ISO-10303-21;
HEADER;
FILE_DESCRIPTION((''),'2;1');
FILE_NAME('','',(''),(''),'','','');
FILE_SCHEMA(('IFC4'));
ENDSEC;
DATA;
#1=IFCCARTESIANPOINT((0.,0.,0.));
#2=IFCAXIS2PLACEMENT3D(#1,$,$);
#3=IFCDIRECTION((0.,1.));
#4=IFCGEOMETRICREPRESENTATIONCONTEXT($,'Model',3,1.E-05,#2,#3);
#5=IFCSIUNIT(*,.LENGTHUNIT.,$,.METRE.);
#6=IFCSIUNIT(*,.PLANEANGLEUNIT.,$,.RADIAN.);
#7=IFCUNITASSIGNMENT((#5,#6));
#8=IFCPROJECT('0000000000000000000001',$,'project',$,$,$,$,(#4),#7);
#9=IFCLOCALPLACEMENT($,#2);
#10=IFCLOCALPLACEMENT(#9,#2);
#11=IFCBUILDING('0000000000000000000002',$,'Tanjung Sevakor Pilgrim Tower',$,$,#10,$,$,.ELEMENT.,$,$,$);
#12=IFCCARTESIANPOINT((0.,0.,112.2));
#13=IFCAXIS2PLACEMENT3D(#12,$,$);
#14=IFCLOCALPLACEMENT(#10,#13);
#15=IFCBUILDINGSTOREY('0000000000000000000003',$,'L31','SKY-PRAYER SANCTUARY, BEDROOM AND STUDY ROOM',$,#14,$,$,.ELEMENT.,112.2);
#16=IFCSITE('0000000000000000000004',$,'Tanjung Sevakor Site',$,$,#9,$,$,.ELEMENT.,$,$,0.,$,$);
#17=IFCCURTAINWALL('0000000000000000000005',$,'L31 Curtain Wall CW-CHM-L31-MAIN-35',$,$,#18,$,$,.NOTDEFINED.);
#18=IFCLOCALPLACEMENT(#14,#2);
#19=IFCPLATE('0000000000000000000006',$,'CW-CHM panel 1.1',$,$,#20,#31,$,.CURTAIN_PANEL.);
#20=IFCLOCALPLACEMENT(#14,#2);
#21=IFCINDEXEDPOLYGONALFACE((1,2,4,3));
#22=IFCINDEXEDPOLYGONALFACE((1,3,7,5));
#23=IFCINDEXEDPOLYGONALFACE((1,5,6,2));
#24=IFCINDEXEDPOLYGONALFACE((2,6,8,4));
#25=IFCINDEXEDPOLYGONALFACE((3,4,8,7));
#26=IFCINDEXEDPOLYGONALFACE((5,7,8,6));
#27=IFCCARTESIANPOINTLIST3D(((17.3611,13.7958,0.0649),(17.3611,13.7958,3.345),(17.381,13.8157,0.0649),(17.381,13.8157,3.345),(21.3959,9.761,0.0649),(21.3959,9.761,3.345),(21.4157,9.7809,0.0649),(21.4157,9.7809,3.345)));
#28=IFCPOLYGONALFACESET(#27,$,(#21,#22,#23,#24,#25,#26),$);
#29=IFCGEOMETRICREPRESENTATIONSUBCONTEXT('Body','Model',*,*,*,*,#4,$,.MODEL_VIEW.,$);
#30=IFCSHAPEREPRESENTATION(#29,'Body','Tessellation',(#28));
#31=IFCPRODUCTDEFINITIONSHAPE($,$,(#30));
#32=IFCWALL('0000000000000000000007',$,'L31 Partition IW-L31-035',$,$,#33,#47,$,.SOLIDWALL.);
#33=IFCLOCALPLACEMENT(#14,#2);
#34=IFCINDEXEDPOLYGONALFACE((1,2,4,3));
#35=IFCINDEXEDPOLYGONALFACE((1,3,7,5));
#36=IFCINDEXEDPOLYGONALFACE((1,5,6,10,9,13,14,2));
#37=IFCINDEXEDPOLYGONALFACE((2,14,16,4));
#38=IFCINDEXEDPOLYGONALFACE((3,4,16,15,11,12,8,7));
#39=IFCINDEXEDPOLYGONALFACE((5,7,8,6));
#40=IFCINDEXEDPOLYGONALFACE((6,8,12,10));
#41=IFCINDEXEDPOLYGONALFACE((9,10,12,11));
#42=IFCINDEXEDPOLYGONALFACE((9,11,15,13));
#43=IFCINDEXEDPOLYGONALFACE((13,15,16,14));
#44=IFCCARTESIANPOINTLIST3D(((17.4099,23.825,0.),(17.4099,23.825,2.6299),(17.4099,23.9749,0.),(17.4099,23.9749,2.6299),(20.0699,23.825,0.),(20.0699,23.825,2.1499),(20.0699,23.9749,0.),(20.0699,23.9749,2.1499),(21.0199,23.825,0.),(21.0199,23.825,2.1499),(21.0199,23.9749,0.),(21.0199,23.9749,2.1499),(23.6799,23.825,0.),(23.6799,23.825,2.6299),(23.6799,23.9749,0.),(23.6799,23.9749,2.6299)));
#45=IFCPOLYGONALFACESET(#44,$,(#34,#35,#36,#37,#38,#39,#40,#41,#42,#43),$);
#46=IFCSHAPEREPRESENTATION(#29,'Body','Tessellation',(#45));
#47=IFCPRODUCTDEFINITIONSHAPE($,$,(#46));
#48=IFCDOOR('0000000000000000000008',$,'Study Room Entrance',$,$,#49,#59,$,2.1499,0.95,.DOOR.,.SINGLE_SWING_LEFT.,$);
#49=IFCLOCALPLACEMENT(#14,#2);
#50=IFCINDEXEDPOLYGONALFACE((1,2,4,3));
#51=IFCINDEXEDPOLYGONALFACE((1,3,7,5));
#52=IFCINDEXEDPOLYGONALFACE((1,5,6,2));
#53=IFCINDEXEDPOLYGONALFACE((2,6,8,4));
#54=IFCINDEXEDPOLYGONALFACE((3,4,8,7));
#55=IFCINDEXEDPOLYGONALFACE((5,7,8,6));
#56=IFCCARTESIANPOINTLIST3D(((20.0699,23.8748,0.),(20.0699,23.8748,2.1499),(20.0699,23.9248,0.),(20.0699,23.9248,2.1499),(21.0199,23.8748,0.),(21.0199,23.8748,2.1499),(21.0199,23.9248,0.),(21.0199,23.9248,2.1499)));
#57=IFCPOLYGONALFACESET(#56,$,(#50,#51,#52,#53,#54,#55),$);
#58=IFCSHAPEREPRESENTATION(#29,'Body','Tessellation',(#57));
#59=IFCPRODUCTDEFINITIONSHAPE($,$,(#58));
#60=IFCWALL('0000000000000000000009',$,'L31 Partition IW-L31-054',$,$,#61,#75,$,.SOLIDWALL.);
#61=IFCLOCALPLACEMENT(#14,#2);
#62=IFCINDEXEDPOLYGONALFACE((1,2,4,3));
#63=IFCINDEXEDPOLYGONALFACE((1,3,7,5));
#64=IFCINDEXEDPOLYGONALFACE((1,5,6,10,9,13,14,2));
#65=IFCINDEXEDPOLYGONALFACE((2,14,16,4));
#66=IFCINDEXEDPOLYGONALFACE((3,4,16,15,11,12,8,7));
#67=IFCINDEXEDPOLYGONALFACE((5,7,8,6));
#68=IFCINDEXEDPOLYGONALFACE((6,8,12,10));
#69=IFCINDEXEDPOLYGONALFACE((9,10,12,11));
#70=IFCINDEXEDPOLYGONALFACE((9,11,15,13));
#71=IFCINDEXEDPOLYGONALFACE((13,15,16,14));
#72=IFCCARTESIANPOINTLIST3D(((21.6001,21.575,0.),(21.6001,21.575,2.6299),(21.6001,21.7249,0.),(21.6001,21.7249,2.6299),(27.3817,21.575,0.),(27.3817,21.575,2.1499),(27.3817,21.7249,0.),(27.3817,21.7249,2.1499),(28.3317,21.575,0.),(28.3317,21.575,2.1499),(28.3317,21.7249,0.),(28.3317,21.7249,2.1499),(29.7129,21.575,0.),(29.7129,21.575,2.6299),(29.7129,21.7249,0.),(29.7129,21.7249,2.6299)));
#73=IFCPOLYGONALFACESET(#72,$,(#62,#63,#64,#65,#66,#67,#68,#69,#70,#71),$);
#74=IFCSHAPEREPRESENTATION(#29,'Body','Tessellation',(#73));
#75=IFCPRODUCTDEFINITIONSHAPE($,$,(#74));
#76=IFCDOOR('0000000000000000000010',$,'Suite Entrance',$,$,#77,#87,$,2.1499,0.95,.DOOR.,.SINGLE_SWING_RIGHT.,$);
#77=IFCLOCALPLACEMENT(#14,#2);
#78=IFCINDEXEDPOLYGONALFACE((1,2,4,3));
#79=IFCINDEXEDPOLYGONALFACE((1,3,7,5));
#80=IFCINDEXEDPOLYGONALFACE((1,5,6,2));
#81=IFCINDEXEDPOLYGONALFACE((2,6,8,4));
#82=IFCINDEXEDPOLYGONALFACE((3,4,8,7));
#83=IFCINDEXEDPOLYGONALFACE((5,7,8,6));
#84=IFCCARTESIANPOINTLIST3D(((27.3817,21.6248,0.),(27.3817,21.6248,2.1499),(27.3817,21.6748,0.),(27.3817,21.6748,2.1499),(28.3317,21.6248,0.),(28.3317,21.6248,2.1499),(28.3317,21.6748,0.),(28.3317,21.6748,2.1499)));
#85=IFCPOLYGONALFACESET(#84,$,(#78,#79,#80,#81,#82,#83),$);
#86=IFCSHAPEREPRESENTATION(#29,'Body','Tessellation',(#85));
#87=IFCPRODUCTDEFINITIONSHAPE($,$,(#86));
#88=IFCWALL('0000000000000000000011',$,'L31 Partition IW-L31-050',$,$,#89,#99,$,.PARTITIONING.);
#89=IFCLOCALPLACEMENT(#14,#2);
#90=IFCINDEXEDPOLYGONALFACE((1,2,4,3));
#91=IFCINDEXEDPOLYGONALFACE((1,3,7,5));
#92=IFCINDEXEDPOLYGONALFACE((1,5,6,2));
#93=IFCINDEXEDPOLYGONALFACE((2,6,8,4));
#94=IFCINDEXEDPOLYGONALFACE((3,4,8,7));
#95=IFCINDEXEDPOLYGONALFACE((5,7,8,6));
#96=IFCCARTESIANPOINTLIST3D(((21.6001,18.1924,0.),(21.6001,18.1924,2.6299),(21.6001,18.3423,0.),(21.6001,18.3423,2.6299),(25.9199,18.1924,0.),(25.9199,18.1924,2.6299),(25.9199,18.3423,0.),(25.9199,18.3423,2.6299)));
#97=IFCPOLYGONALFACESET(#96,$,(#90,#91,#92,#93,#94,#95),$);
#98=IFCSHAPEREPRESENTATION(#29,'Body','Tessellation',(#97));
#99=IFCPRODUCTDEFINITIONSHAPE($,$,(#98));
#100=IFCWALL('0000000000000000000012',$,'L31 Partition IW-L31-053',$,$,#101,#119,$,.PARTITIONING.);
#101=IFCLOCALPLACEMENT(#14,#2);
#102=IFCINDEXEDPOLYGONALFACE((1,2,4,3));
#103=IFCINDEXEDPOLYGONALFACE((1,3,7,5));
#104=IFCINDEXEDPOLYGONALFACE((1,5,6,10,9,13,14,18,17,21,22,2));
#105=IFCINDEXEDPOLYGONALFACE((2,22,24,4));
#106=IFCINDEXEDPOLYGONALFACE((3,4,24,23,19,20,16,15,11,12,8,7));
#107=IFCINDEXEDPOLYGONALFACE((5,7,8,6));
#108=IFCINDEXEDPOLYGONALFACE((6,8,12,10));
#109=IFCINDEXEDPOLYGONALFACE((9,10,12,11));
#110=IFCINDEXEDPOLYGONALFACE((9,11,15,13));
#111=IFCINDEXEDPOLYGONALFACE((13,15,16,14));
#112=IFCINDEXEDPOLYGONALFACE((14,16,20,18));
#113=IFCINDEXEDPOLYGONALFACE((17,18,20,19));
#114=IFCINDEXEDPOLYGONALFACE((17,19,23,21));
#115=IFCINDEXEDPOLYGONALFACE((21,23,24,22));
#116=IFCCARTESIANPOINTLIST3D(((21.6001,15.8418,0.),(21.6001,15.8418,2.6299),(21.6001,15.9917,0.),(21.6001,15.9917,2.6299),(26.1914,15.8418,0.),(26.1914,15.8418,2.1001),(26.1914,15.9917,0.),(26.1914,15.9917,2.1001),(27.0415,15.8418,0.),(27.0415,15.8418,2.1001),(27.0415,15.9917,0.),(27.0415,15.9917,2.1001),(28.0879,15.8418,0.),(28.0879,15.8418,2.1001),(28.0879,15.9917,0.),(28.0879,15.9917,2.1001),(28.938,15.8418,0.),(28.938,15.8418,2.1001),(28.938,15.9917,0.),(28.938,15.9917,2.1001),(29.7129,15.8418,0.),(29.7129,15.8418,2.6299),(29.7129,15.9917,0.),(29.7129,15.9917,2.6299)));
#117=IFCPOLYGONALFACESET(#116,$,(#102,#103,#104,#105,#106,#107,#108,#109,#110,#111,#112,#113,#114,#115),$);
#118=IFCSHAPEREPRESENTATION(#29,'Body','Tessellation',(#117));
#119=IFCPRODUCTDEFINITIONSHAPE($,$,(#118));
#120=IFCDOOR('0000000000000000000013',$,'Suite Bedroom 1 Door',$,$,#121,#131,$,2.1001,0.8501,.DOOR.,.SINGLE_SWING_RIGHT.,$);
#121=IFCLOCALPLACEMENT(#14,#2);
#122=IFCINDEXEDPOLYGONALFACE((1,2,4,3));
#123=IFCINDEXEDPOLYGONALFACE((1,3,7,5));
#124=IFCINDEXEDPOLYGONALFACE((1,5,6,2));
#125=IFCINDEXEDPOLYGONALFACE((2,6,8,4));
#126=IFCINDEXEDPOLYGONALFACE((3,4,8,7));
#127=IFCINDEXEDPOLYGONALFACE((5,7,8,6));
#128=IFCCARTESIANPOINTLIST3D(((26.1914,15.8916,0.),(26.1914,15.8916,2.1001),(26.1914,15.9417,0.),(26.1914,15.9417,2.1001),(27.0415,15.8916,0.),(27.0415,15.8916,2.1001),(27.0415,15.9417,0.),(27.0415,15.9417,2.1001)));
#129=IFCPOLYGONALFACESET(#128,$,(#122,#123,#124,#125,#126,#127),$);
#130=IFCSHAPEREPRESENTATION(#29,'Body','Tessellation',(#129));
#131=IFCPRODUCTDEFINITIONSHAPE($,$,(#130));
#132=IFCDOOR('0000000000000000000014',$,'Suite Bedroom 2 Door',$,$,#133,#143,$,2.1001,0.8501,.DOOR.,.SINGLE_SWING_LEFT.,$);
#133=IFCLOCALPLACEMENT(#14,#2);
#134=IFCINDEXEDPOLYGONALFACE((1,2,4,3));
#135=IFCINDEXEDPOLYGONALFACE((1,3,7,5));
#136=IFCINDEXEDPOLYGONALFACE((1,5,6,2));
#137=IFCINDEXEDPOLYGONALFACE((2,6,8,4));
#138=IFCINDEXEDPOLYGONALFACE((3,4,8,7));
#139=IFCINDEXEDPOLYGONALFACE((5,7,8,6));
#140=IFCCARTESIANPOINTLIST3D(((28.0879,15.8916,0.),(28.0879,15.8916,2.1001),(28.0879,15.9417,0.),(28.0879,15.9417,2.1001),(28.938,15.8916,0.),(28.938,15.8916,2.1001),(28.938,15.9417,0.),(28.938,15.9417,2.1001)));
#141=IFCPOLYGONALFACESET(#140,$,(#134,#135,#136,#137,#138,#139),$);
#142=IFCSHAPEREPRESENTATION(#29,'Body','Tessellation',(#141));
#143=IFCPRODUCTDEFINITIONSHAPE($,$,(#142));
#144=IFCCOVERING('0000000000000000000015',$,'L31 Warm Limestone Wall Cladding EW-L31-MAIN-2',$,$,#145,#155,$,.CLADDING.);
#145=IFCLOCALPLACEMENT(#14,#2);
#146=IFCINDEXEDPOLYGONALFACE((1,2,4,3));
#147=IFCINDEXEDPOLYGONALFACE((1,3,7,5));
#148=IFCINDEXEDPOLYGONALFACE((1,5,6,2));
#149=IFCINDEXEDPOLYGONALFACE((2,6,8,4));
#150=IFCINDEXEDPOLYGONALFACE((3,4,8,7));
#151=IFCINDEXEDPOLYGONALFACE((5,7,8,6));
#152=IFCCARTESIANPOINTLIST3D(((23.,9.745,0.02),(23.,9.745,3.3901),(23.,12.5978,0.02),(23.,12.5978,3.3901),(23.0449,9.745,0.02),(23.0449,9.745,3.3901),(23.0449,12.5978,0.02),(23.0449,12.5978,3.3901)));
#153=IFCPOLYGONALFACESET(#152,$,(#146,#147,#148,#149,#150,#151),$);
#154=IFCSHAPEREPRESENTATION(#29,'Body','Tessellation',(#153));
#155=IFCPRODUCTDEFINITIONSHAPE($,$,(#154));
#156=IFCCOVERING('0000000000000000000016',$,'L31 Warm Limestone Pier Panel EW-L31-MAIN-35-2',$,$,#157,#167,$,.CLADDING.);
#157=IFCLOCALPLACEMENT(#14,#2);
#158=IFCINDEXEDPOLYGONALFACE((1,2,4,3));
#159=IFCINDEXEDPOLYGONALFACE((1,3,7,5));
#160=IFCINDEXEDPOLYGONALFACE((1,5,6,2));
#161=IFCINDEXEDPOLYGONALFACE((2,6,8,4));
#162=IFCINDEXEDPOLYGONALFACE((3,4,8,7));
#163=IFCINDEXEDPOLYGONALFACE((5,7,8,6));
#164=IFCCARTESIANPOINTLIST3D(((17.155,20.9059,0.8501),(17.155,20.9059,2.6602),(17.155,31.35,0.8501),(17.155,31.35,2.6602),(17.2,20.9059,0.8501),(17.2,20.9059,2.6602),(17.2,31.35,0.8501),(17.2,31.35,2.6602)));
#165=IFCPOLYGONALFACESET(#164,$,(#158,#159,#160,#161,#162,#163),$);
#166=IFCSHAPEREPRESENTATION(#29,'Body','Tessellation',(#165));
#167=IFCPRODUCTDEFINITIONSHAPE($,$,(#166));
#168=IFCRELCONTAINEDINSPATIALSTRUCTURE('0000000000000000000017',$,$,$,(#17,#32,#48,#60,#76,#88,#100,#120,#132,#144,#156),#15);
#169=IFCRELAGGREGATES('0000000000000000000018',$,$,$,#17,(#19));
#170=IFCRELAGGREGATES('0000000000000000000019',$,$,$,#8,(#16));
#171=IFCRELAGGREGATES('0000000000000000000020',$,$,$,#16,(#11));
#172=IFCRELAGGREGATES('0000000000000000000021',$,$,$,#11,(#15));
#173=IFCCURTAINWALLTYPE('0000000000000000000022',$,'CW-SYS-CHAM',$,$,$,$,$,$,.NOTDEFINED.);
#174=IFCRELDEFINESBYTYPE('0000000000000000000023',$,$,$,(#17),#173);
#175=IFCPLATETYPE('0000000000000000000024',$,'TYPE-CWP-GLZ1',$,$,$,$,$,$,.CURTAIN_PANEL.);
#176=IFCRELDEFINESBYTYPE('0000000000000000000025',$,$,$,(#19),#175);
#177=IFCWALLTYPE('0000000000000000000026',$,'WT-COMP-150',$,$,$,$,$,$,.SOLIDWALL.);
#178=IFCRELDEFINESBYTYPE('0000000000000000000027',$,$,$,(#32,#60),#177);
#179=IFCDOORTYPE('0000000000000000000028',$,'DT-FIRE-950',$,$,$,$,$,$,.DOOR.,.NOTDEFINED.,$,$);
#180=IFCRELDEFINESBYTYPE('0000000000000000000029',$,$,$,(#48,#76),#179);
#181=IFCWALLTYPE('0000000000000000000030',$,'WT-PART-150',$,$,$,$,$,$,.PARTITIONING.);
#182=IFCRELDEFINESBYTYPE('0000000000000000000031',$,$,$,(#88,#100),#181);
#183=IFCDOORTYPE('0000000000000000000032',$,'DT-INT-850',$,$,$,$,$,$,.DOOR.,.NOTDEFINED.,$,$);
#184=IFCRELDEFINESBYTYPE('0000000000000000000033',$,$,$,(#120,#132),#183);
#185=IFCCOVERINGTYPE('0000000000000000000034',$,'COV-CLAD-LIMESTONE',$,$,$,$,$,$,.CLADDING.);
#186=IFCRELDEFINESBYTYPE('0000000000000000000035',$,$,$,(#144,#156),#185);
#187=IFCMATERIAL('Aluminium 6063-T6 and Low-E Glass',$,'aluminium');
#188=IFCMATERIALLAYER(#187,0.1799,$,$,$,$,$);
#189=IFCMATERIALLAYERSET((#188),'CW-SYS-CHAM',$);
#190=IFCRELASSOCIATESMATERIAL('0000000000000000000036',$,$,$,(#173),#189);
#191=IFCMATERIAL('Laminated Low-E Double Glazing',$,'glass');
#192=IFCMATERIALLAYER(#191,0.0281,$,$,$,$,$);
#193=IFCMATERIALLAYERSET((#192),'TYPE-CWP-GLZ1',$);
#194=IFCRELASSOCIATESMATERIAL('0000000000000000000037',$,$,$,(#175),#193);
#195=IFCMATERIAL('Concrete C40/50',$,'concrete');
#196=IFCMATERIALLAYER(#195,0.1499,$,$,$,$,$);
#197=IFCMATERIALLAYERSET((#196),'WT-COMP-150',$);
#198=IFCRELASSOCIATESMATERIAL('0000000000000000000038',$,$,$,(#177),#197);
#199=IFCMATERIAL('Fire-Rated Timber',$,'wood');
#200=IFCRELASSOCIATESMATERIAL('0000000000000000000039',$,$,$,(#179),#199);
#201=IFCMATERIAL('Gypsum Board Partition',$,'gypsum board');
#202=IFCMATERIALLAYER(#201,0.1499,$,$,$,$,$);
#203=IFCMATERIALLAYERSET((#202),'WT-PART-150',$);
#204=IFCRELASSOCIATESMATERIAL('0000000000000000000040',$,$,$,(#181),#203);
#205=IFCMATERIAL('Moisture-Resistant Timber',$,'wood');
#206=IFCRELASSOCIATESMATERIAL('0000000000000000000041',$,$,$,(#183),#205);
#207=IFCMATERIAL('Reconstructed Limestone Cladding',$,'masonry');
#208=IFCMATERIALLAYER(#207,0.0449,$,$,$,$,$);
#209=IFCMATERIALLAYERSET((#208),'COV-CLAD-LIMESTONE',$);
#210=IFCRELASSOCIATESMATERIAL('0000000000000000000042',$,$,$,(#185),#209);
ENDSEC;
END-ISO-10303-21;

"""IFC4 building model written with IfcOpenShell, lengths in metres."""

from ifc_helpers import new_model, si_unit, direction, frame, frame_2d, origin, origin_2d, place, context, subcontext, project, spatial, rectangle, extrude, material, layer, layer_set, type_object, element, fill, aggregate, save


model = new_model("IFC4")

# Units and contexts
model_context = context("Model", 3, precision=1e-05, world=origin(), true_north=direction((0.0, 1.0)))
body_context = subcontext(model_context, "Body", "Model", "MODEL_VIEW")
ifc_project = project(units=[si_unit("LENGTHUNIT", "METRE"), si_unit("PLANEANGLEUNIT", "RADIAN")], contexts=[model_context])

# Site, building, storey
site_placement = place(None, origin())
site = spatial("IfcSite", under=ifc_project, at=site_placement, Name="Tanjung Sevakor Site", CompositionType="ELEMENT", RefElevation=0.0)
building_placement = place(site_placement, origin())
building = spatial("IfcBuilding", under=site, at=building_placement, Name="Tanjung Sevakor Pilgrim Tower", CompositionType="ELEMENT")
storey_placement = place(building_placement, frame((0.0, 0.0, 112.2)))
storey = spatial("IfcBuildingStorey", under=building, at=storey_placement, Name="L31", Description="SKY-PRAYER SANCTUARY, BEDROOM AND STUDY ROOM", CompositionType="ELEMENT", Elevation=112.2)

# Curtain wall
ifc_material_1 = material(Name="Aluminium 6063-T6 and Low-E Glass", Category="aluminium")
ifc_layer_1 = layer(ifc_material_1, 0.1799)
ifc_layer_set_1 = layer_set([ifc_layer_1], Name="CW-SYS-CHAM")
curtain_wall_type_1 = type_object("IfcCurtainWallType", Name="CW-SYS-CHAM", PredefinedType="NOTDEFINED", material=ifc_layer_set_1)
curtain_wall_1_placement = place(storey_placement, origin())
curtain_wall_1 = element("IfcCurtainWall", 1, at=curtain_wall_1_placement, inside=storey, type_object=curtain_wall_type_1, Name="L31 Curtain Wall CW-CHM-L31-MAIN-35", PredefinedType="NOTDEFINED")

# Plate
ifc_material_2 = material(Name="Laminated Low-E Double Glazing", Category="glass")
ifc_layer_2 = layer(ifc_material_2, 0.0281)
ifc_layer_set_2 = layer_set([ifc_layer_2], Name="TYPE-CWP-GLZ1")
plate_type = type_object("IfcPlateType", Name="TYPE-CWP-GLZ1", PredefinedType="CURTAIN_PANEL", material=ifc_layer_set_2)
plate_placement = place(storey_placement, frame((19.3884, 11.7883, 0.0649), z_axis=(0.0, 0.0, 1.0), x_axis=(0.707107, -0.707107, 0.0)))
plate = element("IfcPlate", 2, at=plate_placement, type_object=plate_type, Name="CW-CHM panel 1.1", PredefinedType="CURTAIN_PANEL", context=body_context, shape_type="SweptSolid", body=[
    extrude(rectangle(XDim=5.7061, YDim=0.0281, at=origin_2d()), origin(), (0.0, 0.0, 1.0), 3.28),
])
aggregate(curtain_wall_1, [plate])

# Walls, openings, doors
ifc_material_3 = material(Name="Concrete C40/50", Category="concrete")
ifc_layer_3 = layer(ifc_material_3, 0.1499)
ifc_layer_set_3 = layer_set([ifc_layer_3], Name="WT-COMP-150")
wall_type_1 = type_object("IfcWallType", Name="WT-COMP-150", PredefinedType="SOLIDWALL", material=ifc_layer_set_3)
wall_1_placement = place(storey_placement, frame((17.4099, 23.8999, 0.0), z_axis=(0.0, 0.0, 1.0), x_axis=(1.0, 0.0, 0.0)))
wall_1 = element("IfcWall", 3, at=wall_1_placement, inside=storey, type_object=wall_type_1, Name="L31 Partition IW-L31-035", PredefinedType="SOLIDWALL", context=body_context, shape_type="SweptSolid", body=[
    extrude(rectangle(XDim=6.27, YDim=0.1499, at=frame_2d((3.135, 0.0))), origin(), (0.0, 0.0, 1.0), 2.6299),
])
opening_1_placement = place(wall_1_placement, frame((2.6599, 0.0, 0.0)))
opening_1 = element("IfcOpeningElement", 4, at=opening_1_placement, cuts=wall_1, PredefinedType="OPENING", context=body_context, shape_type="SweptSolid", body=[
    extrude(rectangle(XDim=0.95, YDim=2.1499, at=frame_2d((0.4751, 1.075))), frame((0.0, 0.085, 0.0), z_axis=(0.0, -1.0, 0.0), x_axis=(1.0, 0.0, 0.0)), (0.0, 0.0, 1.0), 0.1699),
])
ifc_material_4 = material(Name="Fire-Rated Timber", Category="wood")
door_type_1 = type_object("IfcDoorType", Name="DT-FIRE-950", OperationType="NOTDEFINED", PredefinedType="DOOR", material=ifc_material_4)
door_1_placement = place(opening_1_placement, origin())
door_1 = element("IfcDoor", 5, at=door_1_placement, inside=storey, type_object=door_type_1, Name="Study Room Entrance", OperationType="SINGLE_SWING_LEFT", OverallHeight=2.1499, OverallWidth=0.95, PredefinedType="DOOR", context=body_context, shape_type="SweptSolid", body=[
    extrude(rectangle(XDim=0.95, YDim=2.1499, at=frame_2d((0.4751, 1.075))), frame((0.0, 0.0249, 0.0), z_axis=(0.0, -1.0, 0.0), x_axis=(1.0, 0.0, 0.0)), (0.0, 0.0, 1.0), 0.05),
])
fill(opening_1, door_1)
wall_2_placement = place(storey_placement, frame((21.6001, 21.6499, 0.0), z_axis=(0.0, 0.0, 1.0), x_axis=(1.0, 0.0, 0.0)))
wall_2 = element("IfcWall", 6, at=wall_2_placement, inside=storey, type_object=wall_type_1, Name="L31 Partition IW-L31-054", PredefinedType="SOLIDWALL", context=body_context, shape_type="SweptSolid", body=[
    extrude(rectangle(XDim=8.1128, YDim=0.1499, at=frame_2d((4.0564, 0.0))), origin(), (0.0, 0.0, 1.0), 2.6299),
])
opening_2_placement = place(wall_2_placement, frame((5.7815, 0.0, 0.0)))
opening_2 = element("IfcOpeningElement", 7, at=opening_2_placement, cuts=wall_2, PredefinedType="OPENING", context=body_context, shape_type="SweptSolid", body=[
    extrude(rectangle(XDim=0.95, YDim=2.1499, at=frame_2d((0.4751, 1.075))), frame((0.0, 0.085, 0.0), z_axis=(0.0, -1.0, 0.0), x_axis=(1.0, 0.0, 0.0)), (0.0, 0.0, 1.0), 0.1699),
])
door_2_placement = place(opening_2_placement, origin())
door_2 = element("IfcDoor", 8, at=door_2_placement, inside=storey, type_object=door_type_1, Name="Suite Entrance", OperationType="SINGLE_SWING_RIGHT", OverallHeight=2.1499, OverallWidth=0.95, PredefinedType="DOOR", context=body_context, shape_type="SweptSolid", body=[
    extrude(rectangle(XDim=0.95, YDim=2.1499, at=frame_2d((0.4751, 1.075))), frame((0.0, 0.0249, 0.0), z_axis=(0.0, -1.0, 0.0), x_axis=(1.0, 0.0, 0.0)), (0.0, 0.0, 1.0), 0.05),
])
fill(opening_2, door_2)

# Wall
ifc_material_5 = material(Name="Gypsum Board Partition", Category="gypsum board")
ifc_layer_4 = layer(ifc_material_5, 0.1499)
ifc_layer_set_4 = layer_set([ifc_layer_4], Name="WT-PART-150")
wall_type_2 = type_object("IfcWallType", Name="WT-PART-150", PredefinedType="PARTITIONING", material=ifc_layer_set_4)
wall_3_placement = place(storey_placement, frame((21.6001, 18.2673, 0.0), z_axis=(0.0, 0.0, 1.0), x_axis=(1.0, 0.0, 0.0)))
element("IfcWall", 9, at=wall_3_placement, inside=storey, type_object=wall_type_2, Name="L31 Partition IW-L31-050", PredefinedType="PARTITIONING", context=body_context, shape_type="SweptSolid", body=[
    extrude(rectangle(XDim=4.3198, YDim=0.1499, at=frame_2d((2.1599, 0.0))), origin(), (0.0, 0.0, 1.0), 2.6299),
])

# Wall, openings, doors
wall_4_placement = place(storey_placement, frame((21.6001, 15.9167, 0.0), z_axis=(0.0, 0.0, 1.0), x_axis=(1.0, 0.0, 0.0)))
wall_4 = element("IfcWall", 10, at=wall_4_placement, inside=storey, type_object=wall_type_2, Name="L31 Partition IW-L31-053", PredefinedType="PARTITIONING", context=body_context, shape_type="SweptSolid", body=[
    extrude(rectangle(XDim=8.1128, YDim=0.1499, at=frame_2d((4.0564, 0.0))), origin(), (0.0, 0.0, 1.0), 2.6299),
])
opening_3_placement = place(wall_4_placement, frame((4.5913, 0.0, 0.0)))
opening_3 = element("IfcOpeningElement", 11, at=opening_3_placement, cuts=wall_4, PredefinedType="OPENING", context=body_context, shape_type="SweptSolid", body=[
    extrude(rectangle(XDim=0.8501, YDim=2.1001, at=frame_2d((0.425, 1.05))), frame((0.0, 0.085, 0.0), z_axis=(0.0, -1.0, 0.0), x_axis=(1.0, 0.0, 0.0)), (0.0, 0.0, 1.0), 0.1699),
])
opening_4_placement = place(wall_4_placement, frame((6.4878, 0.0, 0.0)))
opening_4 = element("IfcOpeningElement", 12, at=opening_4_placement, cuts=wall_4, PredefinedType="OPENING", context=body_context, shape_type="SweptSolid", body=[
    extrude(rectangle(XDim=0.8501, YDim=2.1001, at=frame_2d((0.425, 1.05))), frame((0.0, 0.085, 0.0), z_axis=(0.0, -1.0, 0.0), x_axis=(1.0, 0.0, 0.0)), (0.0, 0.0, 1.0), 0.1699),
])
ifc_material_6 = material(Name="Moisture-Resistant Timber", Category="wood")
door_type_2 = type_object("IfcDoorType", Name="DT-INT-850", OperationType="NOTDEFINED", PredefinedType="DOOR", material=ifc_material_6)
door_3_placement = place(opening_3_placement, origin())
door_3 = element("IfcDoor", 13, at=door_3_placement, inside=storey, type_object=door_type_2, Name="Suite Bedroom 1 Door", OperationType="SINGLE_SWING_RIGHT", OverallHeight=2.1001, OverallWidth=0.8501, PredefinedType="DOOR", context=body_context, shape_type="SweptSolid", body=[
    extrude(rectangle(XDim=0.8501, YDim=2.1001, at=frame_2d((0.425, 1.05))), frame((0.0, 0.0249, 0.0), z_axis=(0.0, -1.0, 0.0), x_axis=(1.0, 0.0, 0.0)), (0.0, 0.0, 1.0), 0.05),
])
fill(opening_3, door_3)
door_4_placement = place(opening_4_placement, origin())
door_4 = element("IfcDoor", 14, at=door_4_placement, inside=storey, type_object=door_type_2, Name="Suite Bedroom 2 Door", OperationType="SINGLE_SWING_LEFT", OverallHeight=2.1001, OverallWidth=0.8501, PredefinedType="DOOR", context=body_context, shape_type="SweptSolid", body=[
    extrude(rectangle(XDim=0.8501, YDim=2.1001, at=frame_2d((0.425, 1.05))), frame((0.0, 0.0249, 0.0), z_axis=(0.0, -1.0, 0.0), x_axis=(1.0, 0.0, 0.0)), (0.0, 0.0, 1.0), 0.05),
])
fill(opening_4, door_4)

# Coverings
ifc_material_7 = material(Name="Reconstructed Limestone Cladding", Category="masonry")
ifc_layer_5 = layer(ifc_material_7, 0.0449)
ifc_layer_set_5 = layer_set([ifc_layer_5], Name="COV-CLAD-LIMESTONE")
covering_type = type_object("IfcCoveringType", Name="COV-CLAD-LIMESTONE", PredefinedType="CLADDING", material=ifc_layer_set_5)
covering_1_placement = place(storey_placement, frame((23.0225, 11.1714, 0.02), z_axis=(0.0, 0.0, 1.0), x_axis=(0.0, 1.0, 0.0)))
element("IfcCovering", 15, at=covering_1_placement, inside=storey, type_object=covering_type, Name="L31 Warm Limestone Wall Cladding EW-L31-MAIN-2", PredefinedType="CLADDING", context=body_context, shape_type="SweptSolid", body=[
    extrude(rectangle(XDim=2.8528, YDim=0.0449, at=origin_2d()), origin(), (0.0, 0.0, 1.0), 3.3701),
])
covering_2_placement = place(storey_placement, frame((17.1775, 26.1279, 0.8501), z_axis=(0.0, 0.0, 1.0), x_axis=(0.0, -1.0, 0.0)))
element("IfcCovering", 16, at=covering_2_placement, inside=storey, type_object=covering_type, Name="L31 Warm Limestone Pier Panel EW-L31-MAIN-35-2", PredefinedType="CLADDING", context=body_context, shape_type="SweptSolid", body=[
    extrude(rectangle(XDim=10.4441, YDim=0.0449, at=origin_2d()), origin(), (0.0, 0.0, 1.0), 1.8101),
])

save(model, "model.ifc")
